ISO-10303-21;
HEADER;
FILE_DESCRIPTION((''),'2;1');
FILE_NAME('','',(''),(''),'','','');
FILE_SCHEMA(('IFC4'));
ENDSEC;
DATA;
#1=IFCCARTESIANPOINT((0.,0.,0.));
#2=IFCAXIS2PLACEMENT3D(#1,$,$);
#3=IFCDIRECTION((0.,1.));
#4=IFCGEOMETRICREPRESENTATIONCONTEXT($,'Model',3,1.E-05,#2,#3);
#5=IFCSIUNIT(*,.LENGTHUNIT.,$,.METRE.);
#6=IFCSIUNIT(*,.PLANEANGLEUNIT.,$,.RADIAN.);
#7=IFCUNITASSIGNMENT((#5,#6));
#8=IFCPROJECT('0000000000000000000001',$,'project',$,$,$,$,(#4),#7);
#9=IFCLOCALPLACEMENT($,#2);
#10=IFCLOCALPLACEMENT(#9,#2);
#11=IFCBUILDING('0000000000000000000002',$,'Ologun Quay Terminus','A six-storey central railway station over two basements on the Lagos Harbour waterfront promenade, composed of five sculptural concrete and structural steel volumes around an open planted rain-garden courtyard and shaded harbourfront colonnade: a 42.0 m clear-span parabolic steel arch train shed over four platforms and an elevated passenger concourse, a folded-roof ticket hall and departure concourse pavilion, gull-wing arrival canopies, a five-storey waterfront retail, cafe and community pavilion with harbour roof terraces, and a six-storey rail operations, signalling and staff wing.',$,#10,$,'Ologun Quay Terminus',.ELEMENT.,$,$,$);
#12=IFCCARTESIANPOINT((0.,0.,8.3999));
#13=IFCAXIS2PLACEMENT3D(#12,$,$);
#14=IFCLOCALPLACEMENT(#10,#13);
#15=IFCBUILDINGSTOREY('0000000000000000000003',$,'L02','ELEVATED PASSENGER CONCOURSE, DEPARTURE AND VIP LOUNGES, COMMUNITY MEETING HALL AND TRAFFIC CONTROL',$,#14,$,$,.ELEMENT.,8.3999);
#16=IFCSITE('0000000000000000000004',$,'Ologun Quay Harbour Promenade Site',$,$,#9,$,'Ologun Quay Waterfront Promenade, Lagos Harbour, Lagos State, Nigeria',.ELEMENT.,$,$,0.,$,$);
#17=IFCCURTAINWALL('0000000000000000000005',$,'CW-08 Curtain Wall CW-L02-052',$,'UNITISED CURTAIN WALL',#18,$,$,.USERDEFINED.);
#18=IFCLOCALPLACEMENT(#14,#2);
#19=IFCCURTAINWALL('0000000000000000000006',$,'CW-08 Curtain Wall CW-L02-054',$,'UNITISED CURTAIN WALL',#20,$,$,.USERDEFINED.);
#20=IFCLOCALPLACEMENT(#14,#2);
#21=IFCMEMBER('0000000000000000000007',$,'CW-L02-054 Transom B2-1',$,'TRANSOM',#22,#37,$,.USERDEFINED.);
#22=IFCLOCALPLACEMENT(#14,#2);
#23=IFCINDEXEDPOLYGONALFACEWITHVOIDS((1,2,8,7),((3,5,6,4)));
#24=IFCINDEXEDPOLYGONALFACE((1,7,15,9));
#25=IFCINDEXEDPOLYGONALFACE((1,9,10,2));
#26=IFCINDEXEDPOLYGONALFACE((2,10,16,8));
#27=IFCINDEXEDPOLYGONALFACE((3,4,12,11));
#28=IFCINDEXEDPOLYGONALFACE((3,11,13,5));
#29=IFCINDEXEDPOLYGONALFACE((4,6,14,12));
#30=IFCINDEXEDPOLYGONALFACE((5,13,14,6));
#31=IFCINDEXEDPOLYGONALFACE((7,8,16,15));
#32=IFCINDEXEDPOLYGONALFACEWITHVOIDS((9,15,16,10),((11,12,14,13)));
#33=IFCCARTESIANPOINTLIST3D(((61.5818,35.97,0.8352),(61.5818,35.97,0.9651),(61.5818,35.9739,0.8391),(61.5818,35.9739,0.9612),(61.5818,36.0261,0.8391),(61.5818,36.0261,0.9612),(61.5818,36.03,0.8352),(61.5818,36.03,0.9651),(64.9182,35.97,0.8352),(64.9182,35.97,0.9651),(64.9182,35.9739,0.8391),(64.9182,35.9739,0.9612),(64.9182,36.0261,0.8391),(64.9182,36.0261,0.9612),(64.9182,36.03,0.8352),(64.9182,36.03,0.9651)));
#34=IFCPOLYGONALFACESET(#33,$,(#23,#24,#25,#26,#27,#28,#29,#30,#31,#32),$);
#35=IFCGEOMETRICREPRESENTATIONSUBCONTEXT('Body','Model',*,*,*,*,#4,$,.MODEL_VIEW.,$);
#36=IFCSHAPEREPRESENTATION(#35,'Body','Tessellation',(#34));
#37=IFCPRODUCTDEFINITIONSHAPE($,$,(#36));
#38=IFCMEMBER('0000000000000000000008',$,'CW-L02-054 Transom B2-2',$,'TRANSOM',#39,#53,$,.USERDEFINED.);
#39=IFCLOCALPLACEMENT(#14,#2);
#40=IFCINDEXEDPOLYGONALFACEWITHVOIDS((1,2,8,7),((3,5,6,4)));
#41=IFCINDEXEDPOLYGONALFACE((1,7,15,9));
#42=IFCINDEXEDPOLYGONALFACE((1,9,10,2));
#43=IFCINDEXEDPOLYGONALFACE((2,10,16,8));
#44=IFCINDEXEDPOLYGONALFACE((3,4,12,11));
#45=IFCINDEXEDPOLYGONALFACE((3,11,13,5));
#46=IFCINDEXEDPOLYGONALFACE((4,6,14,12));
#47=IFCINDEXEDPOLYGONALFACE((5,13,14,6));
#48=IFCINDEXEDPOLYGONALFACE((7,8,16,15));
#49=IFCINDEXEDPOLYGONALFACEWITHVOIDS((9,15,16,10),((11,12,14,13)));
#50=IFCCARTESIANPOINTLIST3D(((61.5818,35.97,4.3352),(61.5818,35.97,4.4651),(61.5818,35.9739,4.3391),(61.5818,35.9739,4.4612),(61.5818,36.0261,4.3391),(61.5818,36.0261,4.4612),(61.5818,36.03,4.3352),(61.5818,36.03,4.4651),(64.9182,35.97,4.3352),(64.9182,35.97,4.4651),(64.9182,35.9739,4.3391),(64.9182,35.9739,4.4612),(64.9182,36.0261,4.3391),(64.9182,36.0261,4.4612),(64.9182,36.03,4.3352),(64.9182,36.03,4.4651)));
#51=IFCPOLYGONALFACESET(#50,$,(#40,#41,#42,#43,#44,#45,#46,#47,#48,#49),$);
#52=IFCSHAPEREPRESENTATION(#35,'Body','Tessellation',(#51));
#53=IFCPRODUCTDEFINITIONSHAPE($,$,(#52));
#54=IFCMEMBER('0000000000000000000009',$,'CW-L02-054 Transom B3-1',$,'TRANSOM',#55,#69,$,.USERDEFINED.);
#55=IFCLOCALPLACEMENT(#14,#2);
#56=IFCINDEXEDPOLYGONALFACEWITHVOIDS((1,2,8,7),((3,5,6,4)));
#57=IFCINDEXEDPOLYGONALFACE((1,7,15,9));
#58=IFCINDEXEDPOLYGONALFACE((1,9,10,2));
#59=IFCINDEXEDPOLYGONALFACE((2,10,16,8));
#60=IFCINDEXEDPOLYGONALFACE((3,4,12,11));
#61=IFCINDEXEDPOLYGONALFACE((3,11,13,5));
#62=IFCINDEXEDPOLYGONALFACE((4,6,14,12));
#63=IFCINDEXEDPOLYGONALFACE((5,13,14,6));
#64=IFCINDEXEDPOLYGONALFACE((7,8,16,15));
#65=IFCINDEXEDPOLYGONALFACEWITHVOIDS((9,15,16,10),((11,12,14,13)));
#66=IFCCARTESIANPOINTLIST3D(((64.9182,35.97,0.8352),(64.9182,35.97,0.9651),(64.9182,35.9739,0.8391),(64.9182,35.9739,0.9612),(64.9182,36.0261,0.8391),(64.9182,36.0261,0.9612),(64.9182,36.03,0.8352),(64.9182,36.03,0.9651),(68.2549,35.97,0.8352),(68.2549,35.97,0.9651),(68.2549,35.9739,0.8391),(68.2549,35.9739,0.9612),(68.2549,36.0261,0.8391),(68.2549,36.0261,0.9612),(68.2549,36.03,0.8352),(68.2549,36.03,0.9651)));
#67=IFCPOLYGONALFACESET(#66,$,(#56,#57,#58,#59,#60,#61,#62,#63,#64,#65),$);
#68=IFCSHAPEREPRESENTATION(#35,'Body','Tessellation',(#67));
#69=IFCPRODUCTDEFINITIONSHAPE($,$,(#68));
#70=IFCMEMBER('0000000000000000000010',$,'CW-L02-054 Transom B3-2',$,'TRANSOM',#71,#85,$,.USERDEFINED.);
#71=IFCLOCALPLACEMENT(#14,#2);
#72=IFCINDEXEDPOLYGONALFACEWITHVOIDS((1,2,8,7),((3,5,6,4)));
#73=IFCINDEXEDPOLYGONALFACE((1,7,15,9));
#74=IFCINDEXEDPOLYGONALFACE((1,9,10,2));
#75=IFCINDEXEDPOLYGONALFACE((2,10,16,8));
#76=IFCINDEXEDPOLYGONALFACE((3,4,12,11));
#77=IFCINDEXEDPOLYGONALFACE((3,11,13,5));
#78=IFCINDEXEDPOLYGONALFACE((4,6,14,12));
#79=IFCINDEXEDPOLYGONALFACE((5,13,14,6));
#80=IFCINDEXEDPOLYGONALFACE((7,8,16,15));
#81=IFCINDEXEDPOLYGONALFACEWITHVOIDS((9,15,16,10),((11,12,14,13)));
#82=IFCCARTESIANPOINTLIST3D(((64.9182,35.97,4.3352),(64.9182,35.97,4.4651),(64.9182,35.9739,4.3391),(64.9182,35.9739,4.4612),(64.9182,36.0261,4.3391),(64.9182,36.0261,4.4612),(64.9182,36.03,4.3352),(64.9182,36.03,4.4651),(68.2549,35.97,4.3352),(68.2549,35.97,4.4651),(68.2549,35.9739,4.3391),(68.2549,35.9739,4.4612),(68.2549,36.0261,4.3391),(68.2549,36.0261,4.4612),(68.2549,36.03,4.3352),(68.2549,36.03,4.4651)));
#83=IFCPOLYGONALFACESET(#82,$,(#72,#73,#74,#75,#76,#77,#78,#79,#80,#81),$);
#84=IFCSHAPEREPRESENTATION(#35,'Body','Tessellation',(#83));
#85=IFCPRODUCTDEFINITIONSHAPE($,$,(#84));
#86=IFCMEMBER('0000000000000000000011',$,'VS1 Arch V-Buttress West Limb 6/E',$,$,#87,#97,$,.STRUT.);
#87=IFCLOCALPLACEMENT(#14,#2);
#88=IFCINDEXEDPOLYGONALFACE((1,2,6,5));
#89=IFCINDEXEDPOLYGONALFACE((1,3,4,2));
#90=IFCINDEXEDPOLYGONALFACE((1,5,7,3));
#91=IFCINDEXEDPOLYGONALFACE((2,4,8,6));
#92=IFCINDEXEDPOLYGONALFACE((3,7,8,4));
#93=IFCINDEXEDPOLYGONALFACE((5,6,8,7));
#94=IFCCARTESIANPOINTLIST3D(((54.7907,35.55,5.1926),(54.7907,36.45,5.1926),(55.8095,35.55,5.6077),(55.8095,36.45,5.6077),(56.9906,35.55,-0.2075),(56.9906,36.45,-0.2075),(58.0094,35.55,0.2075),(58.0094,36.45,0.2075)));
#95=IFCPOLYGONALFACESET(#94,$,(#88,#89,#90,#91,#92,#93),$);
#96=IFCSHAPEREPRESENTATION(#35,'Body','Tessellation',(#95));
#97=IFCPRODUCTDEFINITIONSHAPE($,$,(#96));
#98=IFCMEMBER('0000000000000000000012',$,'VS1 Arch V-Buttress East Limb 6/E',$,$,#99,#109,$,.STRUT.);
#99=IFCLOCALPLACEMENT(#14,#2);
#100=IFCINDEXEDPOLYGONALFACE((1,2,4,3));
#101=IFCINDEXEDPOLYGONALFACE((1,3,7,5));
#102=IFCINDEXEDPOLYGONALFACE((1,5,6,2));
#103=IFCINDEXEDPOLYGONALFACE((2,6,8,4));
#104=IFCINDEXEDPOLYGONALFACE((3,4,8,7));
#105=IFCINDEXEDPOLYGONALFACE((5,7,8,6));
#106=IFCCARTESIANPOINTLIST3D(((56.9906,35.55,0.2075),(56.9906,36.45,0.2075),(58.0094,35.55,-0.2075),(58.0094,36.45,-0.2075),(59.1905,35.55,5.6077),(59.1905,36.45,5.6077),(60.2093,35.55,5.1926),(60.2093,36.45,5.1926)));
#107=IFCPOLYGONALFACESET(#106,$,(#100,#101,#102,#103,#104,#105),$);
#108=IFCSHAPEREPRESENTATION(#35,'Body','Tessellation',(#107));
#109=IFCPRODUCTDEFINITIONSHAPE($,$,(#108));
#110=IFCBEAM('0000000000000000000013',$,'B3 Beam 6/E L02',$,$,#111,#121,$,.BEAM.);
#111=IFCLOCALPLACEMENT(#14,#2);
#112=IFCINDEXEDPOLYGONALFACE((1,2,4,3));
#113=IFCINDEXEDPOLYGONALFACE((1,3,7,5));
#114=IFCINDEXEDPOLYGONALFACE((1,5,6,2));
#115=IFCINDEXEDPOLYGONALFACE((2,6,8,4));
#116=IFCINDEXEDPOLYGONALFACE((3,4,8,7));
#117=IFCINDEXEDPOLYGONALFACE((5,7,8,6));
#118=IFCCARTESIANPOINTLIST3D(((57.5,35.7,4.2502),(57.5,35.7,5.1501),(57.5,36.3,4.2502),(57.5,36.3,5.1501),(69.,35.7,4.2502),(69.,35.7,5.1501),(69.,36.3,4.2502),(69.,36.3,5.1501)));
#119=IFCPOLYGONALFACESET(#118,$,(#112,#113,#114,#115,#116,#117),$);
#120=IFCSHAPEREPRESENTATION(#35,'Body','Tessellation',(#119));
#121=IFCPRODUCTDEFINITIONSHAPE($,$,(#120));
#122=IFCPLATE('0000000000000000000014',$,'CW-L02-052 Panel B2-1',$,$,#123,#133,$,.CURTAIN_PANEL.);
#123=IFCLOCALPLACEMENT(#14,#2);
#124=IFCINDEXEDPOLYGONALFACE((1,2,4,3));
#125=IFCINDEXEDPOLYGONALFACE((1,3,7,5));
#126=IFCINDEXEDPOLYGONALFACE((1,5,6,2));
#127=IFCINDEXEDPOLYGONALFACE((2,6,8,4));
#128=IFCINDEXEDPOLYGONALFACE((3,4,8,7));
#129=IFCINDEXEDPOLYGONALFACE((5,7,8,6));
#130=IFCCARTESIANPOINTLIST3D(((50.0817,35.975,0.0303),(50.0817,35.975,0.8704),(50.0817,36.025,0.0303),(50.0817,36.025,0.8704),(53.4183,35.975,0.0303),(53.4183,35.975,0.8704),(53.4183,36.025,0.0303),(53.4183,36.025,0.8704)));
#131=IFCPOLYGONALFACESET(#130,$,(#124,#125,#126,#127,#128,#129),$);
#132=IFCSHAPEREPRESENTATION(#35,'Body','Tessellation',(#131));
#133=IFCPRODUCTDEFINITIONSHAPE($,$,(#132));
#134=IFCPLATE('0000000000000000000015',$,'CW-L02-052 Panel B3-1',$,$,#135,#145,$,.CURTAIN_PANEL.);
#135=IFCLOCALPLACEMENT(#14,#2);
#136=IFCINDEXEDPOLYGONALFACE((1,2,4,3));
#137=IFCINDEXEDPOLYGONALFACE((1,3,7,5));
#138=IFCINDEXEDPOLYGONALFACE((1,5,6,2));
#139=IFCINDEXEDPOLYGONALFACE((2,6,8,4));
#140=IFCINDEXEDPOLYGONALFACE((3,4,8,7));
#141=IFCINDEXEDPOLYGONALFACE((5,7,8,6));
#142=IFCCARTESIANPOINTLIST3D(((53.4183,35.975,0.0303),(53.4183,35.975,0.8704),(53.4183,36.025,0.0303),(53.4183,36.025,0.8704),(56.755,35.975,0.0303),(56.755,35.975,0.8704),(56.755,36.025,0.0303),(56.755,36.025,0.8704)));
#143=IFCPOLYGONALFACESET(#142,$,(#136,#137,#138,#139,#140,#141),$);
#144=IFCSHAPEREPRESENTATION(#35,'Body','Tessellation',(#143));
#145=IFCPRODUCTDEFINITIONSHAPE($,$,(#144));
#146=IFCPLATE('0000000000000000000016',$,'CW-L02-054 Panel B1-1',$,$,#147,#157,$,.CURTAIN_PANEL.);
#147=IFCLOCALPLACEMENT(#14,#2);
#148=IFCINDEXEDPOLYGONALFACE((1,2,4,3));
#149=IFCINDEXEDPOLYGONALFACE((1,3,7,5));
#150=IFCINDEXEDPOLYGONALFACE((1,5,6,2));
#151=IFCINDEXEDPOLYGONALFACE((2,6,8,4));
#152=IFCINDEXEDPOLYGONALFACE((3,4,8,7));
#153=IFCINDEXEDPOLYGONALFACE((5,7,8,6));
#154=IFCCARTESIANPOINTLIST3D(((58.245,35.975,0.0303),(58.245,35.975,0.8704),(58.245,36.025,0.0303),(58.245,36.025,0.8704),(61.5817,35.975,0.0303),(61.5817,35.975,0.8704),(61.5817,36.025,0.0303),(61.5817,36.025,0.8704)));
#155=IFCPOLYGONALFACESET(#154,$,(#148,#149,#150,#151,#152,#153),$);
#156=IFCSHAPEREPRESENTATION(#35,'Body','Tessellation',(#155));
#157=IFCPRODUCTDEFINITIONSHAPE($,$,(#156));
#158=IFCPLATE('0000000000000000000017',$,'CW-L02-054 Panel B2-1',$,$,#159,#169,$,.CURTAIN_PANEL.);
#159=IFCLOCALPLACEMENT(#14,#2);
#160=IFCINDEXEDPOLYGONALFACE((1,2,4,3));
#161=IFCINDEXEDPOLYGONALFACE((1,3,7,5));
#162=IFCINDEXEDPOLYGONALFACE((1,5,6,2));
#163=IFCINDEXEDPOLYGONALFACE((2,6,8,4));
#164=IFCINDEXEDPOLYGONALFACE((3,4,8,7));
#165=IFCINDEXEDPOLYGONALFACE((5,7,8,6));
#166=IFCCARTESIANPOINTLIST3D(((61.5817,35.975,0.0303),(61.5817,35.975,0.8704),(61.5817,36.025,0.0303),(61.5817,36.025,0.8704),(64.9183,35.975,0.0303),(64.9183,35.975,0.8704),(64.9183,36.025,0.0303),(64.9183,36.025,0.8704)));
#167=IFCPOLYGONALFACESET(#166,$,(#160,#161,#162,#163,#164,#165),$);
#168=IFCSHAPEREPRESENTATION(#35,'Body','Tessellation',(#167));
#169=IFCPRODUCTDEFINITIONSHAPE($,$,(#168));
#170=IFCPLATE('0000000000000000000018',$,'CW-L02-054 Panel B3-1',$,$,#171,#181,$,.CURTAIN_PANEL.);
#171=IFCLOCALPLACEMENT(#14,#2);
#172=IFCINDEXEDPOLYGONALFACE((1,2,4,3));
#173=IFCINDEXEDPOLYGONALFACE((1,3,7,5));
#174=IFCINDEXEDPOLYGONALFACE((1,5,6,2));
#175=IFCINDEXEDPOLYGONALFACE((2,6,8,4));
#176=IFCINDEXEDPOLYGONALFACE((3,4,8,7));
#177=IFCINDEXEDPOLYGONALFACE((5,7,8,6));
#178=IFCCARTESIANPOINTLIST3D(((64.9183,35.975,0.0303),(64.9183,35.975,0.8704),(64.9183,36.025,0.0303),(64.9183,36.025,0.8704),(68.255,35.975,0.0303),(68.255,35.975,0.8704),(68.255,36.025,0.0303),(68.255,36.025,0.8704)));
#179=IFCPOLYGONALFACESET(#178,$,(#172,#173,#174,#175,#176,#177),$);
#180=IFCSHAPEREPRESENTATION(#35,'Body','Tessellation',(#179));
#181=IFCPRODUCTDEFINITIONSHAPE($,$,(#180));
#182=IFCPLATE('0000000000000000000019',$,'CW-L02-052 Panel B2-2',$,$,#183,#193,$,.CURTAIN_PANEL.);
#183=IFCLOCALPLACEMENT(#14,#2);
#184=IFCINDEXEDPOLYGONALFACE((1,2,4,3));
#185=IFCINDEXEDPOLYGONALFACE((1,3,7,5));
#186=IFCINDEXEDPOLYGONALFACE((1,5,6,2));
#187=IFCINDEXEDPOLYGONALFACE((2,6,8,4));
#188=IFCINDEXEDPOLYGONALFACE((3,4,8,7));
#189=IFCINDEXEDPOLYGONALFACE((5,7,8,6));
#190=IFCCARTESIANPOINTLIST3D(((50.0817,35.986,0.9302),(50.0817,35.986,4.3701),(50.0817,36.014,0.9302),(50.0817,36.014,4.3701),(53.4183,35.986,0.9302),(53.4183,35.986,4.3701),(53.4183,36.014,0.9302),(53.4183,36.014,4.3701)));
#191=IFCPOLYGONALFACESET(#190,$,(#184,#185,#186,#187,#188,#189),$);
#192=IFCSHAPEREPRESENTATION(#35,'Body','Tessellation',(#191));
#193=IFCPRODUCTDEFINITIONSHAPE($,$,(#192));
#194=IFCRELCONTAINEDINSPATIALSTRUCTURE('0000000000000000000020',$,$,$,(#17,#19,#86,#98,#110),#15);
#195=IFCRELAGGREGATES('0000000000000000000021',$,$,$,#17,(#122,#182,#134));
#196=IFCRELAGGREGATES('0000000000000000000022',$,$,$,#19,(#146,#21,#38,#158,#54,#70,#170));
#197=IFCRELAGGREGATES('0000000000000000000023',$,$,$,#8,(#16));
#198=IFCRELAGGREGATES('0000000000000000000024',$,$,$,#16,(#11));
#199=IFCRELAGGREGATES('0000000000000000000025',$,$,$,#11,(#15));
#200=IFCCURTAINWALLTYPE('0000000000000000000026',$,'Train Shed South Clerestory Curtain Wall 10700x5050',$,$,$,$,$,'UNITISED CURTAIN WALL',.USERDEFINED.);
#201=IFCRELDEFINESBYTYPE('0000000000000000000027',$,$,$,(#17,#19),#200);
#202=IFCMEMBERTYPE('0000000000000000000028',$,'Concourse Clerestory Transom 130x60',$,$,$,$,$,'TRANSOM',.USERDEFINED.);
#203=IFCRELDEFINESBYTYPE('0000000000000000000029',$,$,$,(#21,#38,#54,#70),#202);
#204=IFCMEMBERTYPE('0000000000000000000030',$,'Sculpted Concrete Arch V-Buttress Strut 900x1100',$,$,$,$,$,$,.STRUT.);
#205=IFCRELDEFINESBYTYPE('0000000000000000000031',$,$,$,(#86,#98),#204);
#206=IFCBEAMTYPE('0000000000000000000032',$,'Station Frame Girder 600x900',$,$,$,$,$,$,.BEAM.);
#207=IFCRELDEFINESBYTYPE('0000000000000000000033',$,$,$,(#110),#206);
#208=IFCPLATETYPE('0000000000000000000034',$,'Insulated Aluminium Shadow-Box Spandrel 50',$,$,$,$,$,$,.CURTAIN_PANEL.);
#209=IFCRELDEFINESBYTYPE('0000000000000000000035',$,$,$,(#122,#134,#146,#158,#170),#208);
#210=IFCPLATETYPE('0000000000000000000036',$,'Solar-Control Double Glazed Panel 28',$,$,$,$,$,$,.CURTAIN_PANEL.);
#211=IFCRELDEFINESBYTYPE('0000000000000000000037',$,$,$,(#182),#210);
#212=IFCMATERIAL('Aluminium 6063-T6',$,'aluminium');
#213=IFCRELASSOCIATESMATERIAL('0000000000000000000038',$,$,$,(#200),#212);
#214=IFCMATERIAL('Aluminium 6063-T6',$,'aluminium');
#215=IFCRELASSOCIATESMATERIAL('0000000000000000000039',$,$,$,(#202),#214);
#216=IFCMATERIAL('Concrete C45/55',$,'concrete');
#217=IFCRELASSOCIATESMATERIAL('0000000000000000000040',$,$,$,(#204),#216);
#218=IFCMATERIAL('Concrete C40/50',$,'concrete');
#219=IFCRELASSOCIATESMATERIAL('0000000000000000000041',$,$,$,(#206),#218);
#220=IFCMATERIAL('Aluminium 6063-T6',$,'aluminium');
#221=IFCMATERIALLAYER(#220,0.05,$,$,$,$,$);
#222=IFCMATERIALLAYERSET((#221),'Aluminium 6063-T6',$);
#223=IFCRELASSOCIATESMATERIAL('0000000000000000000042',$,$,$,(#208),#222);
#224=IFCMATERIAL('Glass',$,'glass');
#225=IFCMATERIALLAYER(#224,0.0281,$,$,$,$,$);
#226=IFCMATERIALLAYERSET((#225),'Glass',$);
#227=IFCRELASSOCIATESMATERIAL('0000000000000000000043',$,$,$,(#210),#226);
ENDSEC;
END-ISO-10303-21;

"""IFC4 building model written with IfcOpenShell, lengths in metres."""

from ifc_helpers import new_model, si_unit, direction, frame, origin, origin_2d, place, context, subcontext, project, spatial, rectangle, hollow_rectangle, extrude, material, layer, layer_set, material_profile, profile_set, type_object, element, aggregate, save


model = new_model("IFC4")

# Units and contexts
model_context = context("Model", 3, precision=1e-05, world=origin(), true_north=direction((0.0, 1.0)))
body_context = subcontext(model_context, "Body", "Model", "MODEL_VIEW")
ifc_project = project(units=[si_unit("LENGTHUNIT", "METRE"), si_unit("PLANEANGLEUNIT", "RADIAN")], contexts=[model_context])

# Site, building, storey
site_placement = place(None, origin())
site = spatial("IfcSite", under=ifc_project, at=site_placement, Name="Ologun Quay Harbour Promenade Site", LongName="Ologun Quay Waterfront Promenade, Lagos Harbour, Lagos State, Nigeria", CompositionType="ELEMENT", RefElevation=0.0)
building_placement = place(site_placement, origin())
building = spatial("IfcBuilding", under=site, at=building_placement, Name="Ologun Quay Terminus", Description="A six-storey central railway station over two basements on the Lagos Harbour waterfront promenade, composed of five sculptural concrete and structural steel volumes around an open planted rain-garden courtyard and shaded harbourfront colonnade: a 42.0 m clear-span parabolic steel arch train shed over four platforms and an elevated passenger concourse, a folded-roof ticket hall and departure concourse pavilion, gull-wing arrival canopies, a five-storey waterfront retail, cafe and community pavilion with harbour roof terraces, and a six-storey rail operations, signalling and staff wing.", LongName="Ologun Quay Terminus", CompositionType="ELEMENT")
storey_placement = place(building_placement, frame((0.0, 0.0, 8.3999)))
storey = spatial("IfcBuildingStorey", under=building, at=storey_placement, Name="L02", Description="ELEVATED PASSENGER CONCOURSE, DEPARTURE AND VIP LOUNGES, COMMUNITY MEETING HALL AND TRAFFIC CONTROL", CompositionType="ELEMENT", Elevation=8.3999)

# Curtain walls
ifc_material_1 = material(Name="Aluminium 6063-T6", Category="aluminium")
curtain_wall_type = type_object("IfcCurtainWallType", Name="Train Shed South Clerestory Curtain Wall 10700x5050", ElementType="UNITISED CURTAIN WALL", PredefinedType="USERDEFINED", material=ifc_material_1)
curtain_wall_1_placement = place(storey_placement, origin())
curtain_wall_1 = element("IfcCurtainWall", 1, at=curtain_wall_1_placement, inside=storey, type_object=curtain_wall_type, Name="CW-08 Curtain Wall CW-L02-052", ObjectType="UNITISED CURTAIN WALL", PredefinedType="USERDEFINED")
curtain_wall_2_placement = place(storey_placement, origin())
curtain_wall_2 = element("IfcCurtainWall", 2, at=curtain_wall_2_placement, inside=storey, type_object=curtain_wall_type, Name="CW-08 Curtain Wall CW-L02-054", ObjectType="UNITISED CURTAIN WALL", PredefinedType="USERDEFINED")

# Members
ifc_material_2 = material(Name="Aluminium 6063-T6", Category="aluminium")
ifc_material_profile_1 = material_profile(ifc_material_2, hollow_rectangle(XDim=0.0601, YDim=0.1299, WallThickness=0.0039, at=origin_2d()), Name="ALU 130x60x4")
ifc_profile_set_1 = profile_set([ifc_material_profile_1], Name="Aluminium 6063-T6")
member_type_1 = type_object("IfcMemberType", Name="Concourse Clerestory Transom 130x60", ElementType="TRANSOM", PredefinedType="USERDEFINED", material=ifc_profile_set_1)
member_1_placement = place(storey_placement, frame((61.5818, 36.0, 0.9001), z_axis=(1.0, 0.0, 0.0), x_axis=(0.0, 1.0, 0.0)))
member_1 = element("IfcMember", 3, at=member_1_placement, type_object=member_type_1, Name="CW-L02-054 Transom B2-1", ObjectType="TRANSOM", PredefinedType="USERDEFINED", context=body_context, shape_type="SweptSolid", body=[
    extrude(hollow_rectangle(XDim=0.0601, YDim=0.1299, WallThickness=0.0039, at=origin_2d()), origin(), (0.0, 0.0, 1.0), 3.3364),
])
member_2_placement = place(storey_placement, frame((61.5818, 36.0, 4.4001), z_axis=(1.0, 0.0, 0.0), x_axis=(0.0, 1.0, 0.0)))
member_2 = element("IfcMember", 4, at=member_2_placement, type_object=member_type_1, Name="CW-L02-054 Transom B2-2", ObjectType="TRANSOM", PredefinedType="USERDEFINED", context=body_context, shape_type="SweptSolid", body=[
    extrude(hollow_rectangle(XDim=0.0601, YDim=0.1299, WallThickness=0.0039, at=origin_2d()), origin(), (0.0, 0.0, 1.0), 3.3364),
])
member_3_placement = place(storey_placement, frame((64.9182, 36.0, 0.9001), z_axis=(1.0, 0.0, 0.0), x_axis=(0.0, 1.0, 0.0)))
member_3 = element("IfcMember", 5, at=member_3_placement, type_object=member_type_1, Name="CW-L02-054 Transom B3-1", ObjectType="TRANSOM", PredefinedType="USERDEFINED", context=body_context, shape_type="SweptSolid", body=[
    extrude(hollow_rectangle(XDim=0.0601, YDim=0.1299, WallThickness=0.0039, at=origin_2d()), origin(), (0.0, 0.0, 1.0), 3.3367),
])
member_4_placement = place(storey_placement, frame((64.9182, 36.0, 4.4001), z_axis=(1.0, 0.0, 0.0), x_axis=(0.0, 1.0, 0.0)))
member_4 = element("IfcMember", 6, at=member_4_placement, type_object=member_type_1, Name="CW-L02-054 Transom B3-2", ObjectType="TRANSOM", PredefinedType="USERDEFINED", context=body_context, shape_type="SweptSolid", body=[
    extrude(hollow_rectangle(XDim=0.0601, YDim=0.1299, WallThickness=0.0039, at=origin_2d()), origin(), (0.0, 0.0, 1.0), 3.3367),
])

# Members
ifc_material_3 = material(Name="Concrete C45/55", Category="concrete")
ifc_material_profile_2 = material_profile(ifc_material_3, rectangle(XDim=0.8999, YDim=1.1001, at=origin_2d()), Name="RC 900x1100")
ifc_profile_set_2 = profile_set([ifc_material_profile_2], Name="Concrete C45/55")
member_type_2 = type_object("IfcMemberType", Name="Sculpted Concrete Arch V-Buttress Strut 900x1100", PredefinedType="STRUT", material=ifc_profile_set_2)
for number, where, z_axis, x_axis, name in (
    (7, (57.5, 36.0, 0.0), (-0.377281, 0.0, 0.926099), (0.0, -1.0, 0.0), "VS1 Arch V-Buttress West Limb 6/E"),
    (8, (57.5, 36.0, 0.0), (0.377281, 0.0, 0.926099), (0.0, 1.0, 0.0), "VS1 Arch V-Buttress East Limb 6/E"),
):
    element("IfcMember", number, at=place(storey_placement, frame(where, z_axis=z_axis, x_axis=x_axis)), inside=storey, type_object=member_type_2, Name=name, PredefinedType="STRUT", context=body_context, shape_type="SweptSolid", body=[
        extrude(rectangle(XDim=0.8999, YDim=1.1001, at=origin_2d()), origin(), (0.0, 0.0, 1.0), 5.8311),
    ])

# Beam
ifc_material_4 = material(Name="Concrete C40/50", Category="concrete")
ifc_material_profile_3 = material_profile(ifc_material_4, rectangle(XDim=0.6001, YDim=0.8999, at=origin_2d()), Name="RC 600x900")
ifc_profile_set_3 = profile_set([ifc_material_profile_3], Name="Concrete C40/50")
beam_type = type_object("IfcBeamType", Name="Station Frame Girder 600x900", PredefinedType="BEAM", material=ifc_profile_set_3)
beam_placement = place(storey_placement, frame((57.5, 36.0, 4.7002), z_axis=(1.0, 0.0, 0.0), x_axis=(0.0, 1.0, 0.0)))
element("IfcBeam", 9, at=beam_placement, inside=storey, type_object=beam_type, Name="B3 Beam 6/E L02", PredefinedType="BEAM", context=body_context, shape_type="SweptSolid", body=[
    extrude(rectangle(XDim=0.6001, YDim=0.8999, at=origin_2d()), origin(), (0.0, 0.0, 1.0), 11.5),
])

# Plates
ifc_material_5 = material(Name="Aluminium 6063-T6", Category="aluminium")
ifc_layer_1 = layer(ifc_material_5, 0.05)
ifc_layer_set_1 = layer_set([ifc_layer_1], Name="Aluminium 6063-T6")
plate_type_1 = type_object("IfcPlateType", Name="Insulated Aluminium Shadow-Box Spandrel 50", PredefinedType="CURTAIN_PANEL", material=ifc_layer_set_1)
plate_1_placement = place(storey_placement, frame((51.75, 36.0, 0.0303), z_axis=(0.0, 0.0, 1.0), x_axis=(1.0, 0.0, 0.0)))
plate_1 = element("IfcPlate", 10, at=plate_1_placement, type_object=plate_type_1, Name="CW-L02-052 Panel B2-1", PredefinedType="CURTAIN_PANEL", context=body_context, shape_type="SweptSolid", body=[
    extrude(rectangle(XDim=3.3367, YDim=0.05, at=origin_2d()), origin(), (0.0, 0.0, 1.0), 0.8401),
])
plate_2_placement = place(storey_placement, frame((55.0867, 36.0, 0.0303), z_axis=(0.0, 0.0, 1.0), x_axis=(1.0, 0.0, 0.0)))
plate_2 = element("IfcPlate", 11, at=plate_2_placement, type_object=plate_type_1, Name="CW-L02-052 Panel B3-1", PredefinedType="CURTAIN_PANEL", context=body_context, shape_type="SweptSolid", body=[
    extrude(rectangle(XDim=3.3367, YDim=0.05, at=origin_2d()), origin(), (0.0, 0.0, 1.0), 0.8401),
])
plate_3_placement = place(storey_placement, frame((59.9133, 36.0, 0.0303), z_axis=(0.0, 0.0, 1.0), x_axis=(1.0, 0.0, 0.0)))
plate_3 = element("IfcPlate", 12, at=plate_3_placement, type_object=plate_type_1, Name="CW-L02-054 Panel B1-1", PredefinedType="CURTAIN_PANEL", context=body_context, shape_type="SweptSolid", body=[
    extrude(rectangle(XDim=3.3367, YDim=0.05, at=origin_2d()), origin(), (0.0, 0.0, 1.0), 0.8401),
])
plate_4_placement = place(storey_placement, frame((63.25, 36.0, 0.0303), z_axis=(0.0, 0.0, 1.0), x_axis=(1.0, 0.0, 0.0)))
plate_4 = element("IfcPlate", 13, at=plate_4_placement, type_object=plate_type_1, Name="CW-L02-054 Panel B2-1", PredefinedType="CURTAIN_PANEL", context=body_context, shape_type="SweptSolid", body=[
    extrude(rectangle(XDim=3.3367, YDim=0.05, at=origin_2d()), origin(), (0.0, 0.0, 1.0), 0.8401),
])
plate_5_placement = place(storey_placement, frame((66.5867, 36.0, 0.0303), z_axis=(0.0, 0.0, 1.0), x_axis=(1.0, 0.0, 0.0)))
plate_5 = element("IfcPlate", 14, at=plate_5_placement, type_object=plate_type_1, Name="CW-L02-054 Panel B3-1", PredefinedType="CURTAIN_PANEL", context=body_context, shape_type="SweptSolid", body=[
    extrude(rectangle(XDim=3.3367, YDim=0.05, at=origin_2d()), origin(), (0.0, 0.0, 1.0), 0.8401),
])
ifc_material_6 = material(Name="Glass", Category="glass")
ifc_layer_2 = layer(ifc_material_6, 0.0281)
ifc_layer_set_2 = layer_set([ifc_layer_2], Name="Glass")
plate_type_2 = type_object("IfcPlateType", Name="Solar-Control Double Glazed Panel 28", PredefinedType="CURTAIN_PANEL", material=ifc_layer_set_2)
plate_6_placement = place(storey_placement, frame((51.75, 36.0, 0.9302), z_axis=(0.0, 0.0, 1.0), x_axis=(1.0, 0.0, 0.0)))
plate_6 = element("IfcPlate", 15, at=plate_6_placement, type_object=plate_type_2, Name="CW-L02-052 Panel B2-2", PredefinedType="CURTAIN_PANEL", context=body_context, shape_type="SweptSolid", body=[
    extrude(rectangle(XDim=3.3367, YDim=0.0281, at=origin_2d()), origin(), (0.0, 0.0, 1.0), 3.4399),
])
aggregate(curtain_wall_1, [plate_1, plate_6, plate_2])
aggregate(curtain_wall_2, [plate_3, member_1, member_2, plate_4, member_3, member_4, plate_5])

save(model, "model.ifc")
